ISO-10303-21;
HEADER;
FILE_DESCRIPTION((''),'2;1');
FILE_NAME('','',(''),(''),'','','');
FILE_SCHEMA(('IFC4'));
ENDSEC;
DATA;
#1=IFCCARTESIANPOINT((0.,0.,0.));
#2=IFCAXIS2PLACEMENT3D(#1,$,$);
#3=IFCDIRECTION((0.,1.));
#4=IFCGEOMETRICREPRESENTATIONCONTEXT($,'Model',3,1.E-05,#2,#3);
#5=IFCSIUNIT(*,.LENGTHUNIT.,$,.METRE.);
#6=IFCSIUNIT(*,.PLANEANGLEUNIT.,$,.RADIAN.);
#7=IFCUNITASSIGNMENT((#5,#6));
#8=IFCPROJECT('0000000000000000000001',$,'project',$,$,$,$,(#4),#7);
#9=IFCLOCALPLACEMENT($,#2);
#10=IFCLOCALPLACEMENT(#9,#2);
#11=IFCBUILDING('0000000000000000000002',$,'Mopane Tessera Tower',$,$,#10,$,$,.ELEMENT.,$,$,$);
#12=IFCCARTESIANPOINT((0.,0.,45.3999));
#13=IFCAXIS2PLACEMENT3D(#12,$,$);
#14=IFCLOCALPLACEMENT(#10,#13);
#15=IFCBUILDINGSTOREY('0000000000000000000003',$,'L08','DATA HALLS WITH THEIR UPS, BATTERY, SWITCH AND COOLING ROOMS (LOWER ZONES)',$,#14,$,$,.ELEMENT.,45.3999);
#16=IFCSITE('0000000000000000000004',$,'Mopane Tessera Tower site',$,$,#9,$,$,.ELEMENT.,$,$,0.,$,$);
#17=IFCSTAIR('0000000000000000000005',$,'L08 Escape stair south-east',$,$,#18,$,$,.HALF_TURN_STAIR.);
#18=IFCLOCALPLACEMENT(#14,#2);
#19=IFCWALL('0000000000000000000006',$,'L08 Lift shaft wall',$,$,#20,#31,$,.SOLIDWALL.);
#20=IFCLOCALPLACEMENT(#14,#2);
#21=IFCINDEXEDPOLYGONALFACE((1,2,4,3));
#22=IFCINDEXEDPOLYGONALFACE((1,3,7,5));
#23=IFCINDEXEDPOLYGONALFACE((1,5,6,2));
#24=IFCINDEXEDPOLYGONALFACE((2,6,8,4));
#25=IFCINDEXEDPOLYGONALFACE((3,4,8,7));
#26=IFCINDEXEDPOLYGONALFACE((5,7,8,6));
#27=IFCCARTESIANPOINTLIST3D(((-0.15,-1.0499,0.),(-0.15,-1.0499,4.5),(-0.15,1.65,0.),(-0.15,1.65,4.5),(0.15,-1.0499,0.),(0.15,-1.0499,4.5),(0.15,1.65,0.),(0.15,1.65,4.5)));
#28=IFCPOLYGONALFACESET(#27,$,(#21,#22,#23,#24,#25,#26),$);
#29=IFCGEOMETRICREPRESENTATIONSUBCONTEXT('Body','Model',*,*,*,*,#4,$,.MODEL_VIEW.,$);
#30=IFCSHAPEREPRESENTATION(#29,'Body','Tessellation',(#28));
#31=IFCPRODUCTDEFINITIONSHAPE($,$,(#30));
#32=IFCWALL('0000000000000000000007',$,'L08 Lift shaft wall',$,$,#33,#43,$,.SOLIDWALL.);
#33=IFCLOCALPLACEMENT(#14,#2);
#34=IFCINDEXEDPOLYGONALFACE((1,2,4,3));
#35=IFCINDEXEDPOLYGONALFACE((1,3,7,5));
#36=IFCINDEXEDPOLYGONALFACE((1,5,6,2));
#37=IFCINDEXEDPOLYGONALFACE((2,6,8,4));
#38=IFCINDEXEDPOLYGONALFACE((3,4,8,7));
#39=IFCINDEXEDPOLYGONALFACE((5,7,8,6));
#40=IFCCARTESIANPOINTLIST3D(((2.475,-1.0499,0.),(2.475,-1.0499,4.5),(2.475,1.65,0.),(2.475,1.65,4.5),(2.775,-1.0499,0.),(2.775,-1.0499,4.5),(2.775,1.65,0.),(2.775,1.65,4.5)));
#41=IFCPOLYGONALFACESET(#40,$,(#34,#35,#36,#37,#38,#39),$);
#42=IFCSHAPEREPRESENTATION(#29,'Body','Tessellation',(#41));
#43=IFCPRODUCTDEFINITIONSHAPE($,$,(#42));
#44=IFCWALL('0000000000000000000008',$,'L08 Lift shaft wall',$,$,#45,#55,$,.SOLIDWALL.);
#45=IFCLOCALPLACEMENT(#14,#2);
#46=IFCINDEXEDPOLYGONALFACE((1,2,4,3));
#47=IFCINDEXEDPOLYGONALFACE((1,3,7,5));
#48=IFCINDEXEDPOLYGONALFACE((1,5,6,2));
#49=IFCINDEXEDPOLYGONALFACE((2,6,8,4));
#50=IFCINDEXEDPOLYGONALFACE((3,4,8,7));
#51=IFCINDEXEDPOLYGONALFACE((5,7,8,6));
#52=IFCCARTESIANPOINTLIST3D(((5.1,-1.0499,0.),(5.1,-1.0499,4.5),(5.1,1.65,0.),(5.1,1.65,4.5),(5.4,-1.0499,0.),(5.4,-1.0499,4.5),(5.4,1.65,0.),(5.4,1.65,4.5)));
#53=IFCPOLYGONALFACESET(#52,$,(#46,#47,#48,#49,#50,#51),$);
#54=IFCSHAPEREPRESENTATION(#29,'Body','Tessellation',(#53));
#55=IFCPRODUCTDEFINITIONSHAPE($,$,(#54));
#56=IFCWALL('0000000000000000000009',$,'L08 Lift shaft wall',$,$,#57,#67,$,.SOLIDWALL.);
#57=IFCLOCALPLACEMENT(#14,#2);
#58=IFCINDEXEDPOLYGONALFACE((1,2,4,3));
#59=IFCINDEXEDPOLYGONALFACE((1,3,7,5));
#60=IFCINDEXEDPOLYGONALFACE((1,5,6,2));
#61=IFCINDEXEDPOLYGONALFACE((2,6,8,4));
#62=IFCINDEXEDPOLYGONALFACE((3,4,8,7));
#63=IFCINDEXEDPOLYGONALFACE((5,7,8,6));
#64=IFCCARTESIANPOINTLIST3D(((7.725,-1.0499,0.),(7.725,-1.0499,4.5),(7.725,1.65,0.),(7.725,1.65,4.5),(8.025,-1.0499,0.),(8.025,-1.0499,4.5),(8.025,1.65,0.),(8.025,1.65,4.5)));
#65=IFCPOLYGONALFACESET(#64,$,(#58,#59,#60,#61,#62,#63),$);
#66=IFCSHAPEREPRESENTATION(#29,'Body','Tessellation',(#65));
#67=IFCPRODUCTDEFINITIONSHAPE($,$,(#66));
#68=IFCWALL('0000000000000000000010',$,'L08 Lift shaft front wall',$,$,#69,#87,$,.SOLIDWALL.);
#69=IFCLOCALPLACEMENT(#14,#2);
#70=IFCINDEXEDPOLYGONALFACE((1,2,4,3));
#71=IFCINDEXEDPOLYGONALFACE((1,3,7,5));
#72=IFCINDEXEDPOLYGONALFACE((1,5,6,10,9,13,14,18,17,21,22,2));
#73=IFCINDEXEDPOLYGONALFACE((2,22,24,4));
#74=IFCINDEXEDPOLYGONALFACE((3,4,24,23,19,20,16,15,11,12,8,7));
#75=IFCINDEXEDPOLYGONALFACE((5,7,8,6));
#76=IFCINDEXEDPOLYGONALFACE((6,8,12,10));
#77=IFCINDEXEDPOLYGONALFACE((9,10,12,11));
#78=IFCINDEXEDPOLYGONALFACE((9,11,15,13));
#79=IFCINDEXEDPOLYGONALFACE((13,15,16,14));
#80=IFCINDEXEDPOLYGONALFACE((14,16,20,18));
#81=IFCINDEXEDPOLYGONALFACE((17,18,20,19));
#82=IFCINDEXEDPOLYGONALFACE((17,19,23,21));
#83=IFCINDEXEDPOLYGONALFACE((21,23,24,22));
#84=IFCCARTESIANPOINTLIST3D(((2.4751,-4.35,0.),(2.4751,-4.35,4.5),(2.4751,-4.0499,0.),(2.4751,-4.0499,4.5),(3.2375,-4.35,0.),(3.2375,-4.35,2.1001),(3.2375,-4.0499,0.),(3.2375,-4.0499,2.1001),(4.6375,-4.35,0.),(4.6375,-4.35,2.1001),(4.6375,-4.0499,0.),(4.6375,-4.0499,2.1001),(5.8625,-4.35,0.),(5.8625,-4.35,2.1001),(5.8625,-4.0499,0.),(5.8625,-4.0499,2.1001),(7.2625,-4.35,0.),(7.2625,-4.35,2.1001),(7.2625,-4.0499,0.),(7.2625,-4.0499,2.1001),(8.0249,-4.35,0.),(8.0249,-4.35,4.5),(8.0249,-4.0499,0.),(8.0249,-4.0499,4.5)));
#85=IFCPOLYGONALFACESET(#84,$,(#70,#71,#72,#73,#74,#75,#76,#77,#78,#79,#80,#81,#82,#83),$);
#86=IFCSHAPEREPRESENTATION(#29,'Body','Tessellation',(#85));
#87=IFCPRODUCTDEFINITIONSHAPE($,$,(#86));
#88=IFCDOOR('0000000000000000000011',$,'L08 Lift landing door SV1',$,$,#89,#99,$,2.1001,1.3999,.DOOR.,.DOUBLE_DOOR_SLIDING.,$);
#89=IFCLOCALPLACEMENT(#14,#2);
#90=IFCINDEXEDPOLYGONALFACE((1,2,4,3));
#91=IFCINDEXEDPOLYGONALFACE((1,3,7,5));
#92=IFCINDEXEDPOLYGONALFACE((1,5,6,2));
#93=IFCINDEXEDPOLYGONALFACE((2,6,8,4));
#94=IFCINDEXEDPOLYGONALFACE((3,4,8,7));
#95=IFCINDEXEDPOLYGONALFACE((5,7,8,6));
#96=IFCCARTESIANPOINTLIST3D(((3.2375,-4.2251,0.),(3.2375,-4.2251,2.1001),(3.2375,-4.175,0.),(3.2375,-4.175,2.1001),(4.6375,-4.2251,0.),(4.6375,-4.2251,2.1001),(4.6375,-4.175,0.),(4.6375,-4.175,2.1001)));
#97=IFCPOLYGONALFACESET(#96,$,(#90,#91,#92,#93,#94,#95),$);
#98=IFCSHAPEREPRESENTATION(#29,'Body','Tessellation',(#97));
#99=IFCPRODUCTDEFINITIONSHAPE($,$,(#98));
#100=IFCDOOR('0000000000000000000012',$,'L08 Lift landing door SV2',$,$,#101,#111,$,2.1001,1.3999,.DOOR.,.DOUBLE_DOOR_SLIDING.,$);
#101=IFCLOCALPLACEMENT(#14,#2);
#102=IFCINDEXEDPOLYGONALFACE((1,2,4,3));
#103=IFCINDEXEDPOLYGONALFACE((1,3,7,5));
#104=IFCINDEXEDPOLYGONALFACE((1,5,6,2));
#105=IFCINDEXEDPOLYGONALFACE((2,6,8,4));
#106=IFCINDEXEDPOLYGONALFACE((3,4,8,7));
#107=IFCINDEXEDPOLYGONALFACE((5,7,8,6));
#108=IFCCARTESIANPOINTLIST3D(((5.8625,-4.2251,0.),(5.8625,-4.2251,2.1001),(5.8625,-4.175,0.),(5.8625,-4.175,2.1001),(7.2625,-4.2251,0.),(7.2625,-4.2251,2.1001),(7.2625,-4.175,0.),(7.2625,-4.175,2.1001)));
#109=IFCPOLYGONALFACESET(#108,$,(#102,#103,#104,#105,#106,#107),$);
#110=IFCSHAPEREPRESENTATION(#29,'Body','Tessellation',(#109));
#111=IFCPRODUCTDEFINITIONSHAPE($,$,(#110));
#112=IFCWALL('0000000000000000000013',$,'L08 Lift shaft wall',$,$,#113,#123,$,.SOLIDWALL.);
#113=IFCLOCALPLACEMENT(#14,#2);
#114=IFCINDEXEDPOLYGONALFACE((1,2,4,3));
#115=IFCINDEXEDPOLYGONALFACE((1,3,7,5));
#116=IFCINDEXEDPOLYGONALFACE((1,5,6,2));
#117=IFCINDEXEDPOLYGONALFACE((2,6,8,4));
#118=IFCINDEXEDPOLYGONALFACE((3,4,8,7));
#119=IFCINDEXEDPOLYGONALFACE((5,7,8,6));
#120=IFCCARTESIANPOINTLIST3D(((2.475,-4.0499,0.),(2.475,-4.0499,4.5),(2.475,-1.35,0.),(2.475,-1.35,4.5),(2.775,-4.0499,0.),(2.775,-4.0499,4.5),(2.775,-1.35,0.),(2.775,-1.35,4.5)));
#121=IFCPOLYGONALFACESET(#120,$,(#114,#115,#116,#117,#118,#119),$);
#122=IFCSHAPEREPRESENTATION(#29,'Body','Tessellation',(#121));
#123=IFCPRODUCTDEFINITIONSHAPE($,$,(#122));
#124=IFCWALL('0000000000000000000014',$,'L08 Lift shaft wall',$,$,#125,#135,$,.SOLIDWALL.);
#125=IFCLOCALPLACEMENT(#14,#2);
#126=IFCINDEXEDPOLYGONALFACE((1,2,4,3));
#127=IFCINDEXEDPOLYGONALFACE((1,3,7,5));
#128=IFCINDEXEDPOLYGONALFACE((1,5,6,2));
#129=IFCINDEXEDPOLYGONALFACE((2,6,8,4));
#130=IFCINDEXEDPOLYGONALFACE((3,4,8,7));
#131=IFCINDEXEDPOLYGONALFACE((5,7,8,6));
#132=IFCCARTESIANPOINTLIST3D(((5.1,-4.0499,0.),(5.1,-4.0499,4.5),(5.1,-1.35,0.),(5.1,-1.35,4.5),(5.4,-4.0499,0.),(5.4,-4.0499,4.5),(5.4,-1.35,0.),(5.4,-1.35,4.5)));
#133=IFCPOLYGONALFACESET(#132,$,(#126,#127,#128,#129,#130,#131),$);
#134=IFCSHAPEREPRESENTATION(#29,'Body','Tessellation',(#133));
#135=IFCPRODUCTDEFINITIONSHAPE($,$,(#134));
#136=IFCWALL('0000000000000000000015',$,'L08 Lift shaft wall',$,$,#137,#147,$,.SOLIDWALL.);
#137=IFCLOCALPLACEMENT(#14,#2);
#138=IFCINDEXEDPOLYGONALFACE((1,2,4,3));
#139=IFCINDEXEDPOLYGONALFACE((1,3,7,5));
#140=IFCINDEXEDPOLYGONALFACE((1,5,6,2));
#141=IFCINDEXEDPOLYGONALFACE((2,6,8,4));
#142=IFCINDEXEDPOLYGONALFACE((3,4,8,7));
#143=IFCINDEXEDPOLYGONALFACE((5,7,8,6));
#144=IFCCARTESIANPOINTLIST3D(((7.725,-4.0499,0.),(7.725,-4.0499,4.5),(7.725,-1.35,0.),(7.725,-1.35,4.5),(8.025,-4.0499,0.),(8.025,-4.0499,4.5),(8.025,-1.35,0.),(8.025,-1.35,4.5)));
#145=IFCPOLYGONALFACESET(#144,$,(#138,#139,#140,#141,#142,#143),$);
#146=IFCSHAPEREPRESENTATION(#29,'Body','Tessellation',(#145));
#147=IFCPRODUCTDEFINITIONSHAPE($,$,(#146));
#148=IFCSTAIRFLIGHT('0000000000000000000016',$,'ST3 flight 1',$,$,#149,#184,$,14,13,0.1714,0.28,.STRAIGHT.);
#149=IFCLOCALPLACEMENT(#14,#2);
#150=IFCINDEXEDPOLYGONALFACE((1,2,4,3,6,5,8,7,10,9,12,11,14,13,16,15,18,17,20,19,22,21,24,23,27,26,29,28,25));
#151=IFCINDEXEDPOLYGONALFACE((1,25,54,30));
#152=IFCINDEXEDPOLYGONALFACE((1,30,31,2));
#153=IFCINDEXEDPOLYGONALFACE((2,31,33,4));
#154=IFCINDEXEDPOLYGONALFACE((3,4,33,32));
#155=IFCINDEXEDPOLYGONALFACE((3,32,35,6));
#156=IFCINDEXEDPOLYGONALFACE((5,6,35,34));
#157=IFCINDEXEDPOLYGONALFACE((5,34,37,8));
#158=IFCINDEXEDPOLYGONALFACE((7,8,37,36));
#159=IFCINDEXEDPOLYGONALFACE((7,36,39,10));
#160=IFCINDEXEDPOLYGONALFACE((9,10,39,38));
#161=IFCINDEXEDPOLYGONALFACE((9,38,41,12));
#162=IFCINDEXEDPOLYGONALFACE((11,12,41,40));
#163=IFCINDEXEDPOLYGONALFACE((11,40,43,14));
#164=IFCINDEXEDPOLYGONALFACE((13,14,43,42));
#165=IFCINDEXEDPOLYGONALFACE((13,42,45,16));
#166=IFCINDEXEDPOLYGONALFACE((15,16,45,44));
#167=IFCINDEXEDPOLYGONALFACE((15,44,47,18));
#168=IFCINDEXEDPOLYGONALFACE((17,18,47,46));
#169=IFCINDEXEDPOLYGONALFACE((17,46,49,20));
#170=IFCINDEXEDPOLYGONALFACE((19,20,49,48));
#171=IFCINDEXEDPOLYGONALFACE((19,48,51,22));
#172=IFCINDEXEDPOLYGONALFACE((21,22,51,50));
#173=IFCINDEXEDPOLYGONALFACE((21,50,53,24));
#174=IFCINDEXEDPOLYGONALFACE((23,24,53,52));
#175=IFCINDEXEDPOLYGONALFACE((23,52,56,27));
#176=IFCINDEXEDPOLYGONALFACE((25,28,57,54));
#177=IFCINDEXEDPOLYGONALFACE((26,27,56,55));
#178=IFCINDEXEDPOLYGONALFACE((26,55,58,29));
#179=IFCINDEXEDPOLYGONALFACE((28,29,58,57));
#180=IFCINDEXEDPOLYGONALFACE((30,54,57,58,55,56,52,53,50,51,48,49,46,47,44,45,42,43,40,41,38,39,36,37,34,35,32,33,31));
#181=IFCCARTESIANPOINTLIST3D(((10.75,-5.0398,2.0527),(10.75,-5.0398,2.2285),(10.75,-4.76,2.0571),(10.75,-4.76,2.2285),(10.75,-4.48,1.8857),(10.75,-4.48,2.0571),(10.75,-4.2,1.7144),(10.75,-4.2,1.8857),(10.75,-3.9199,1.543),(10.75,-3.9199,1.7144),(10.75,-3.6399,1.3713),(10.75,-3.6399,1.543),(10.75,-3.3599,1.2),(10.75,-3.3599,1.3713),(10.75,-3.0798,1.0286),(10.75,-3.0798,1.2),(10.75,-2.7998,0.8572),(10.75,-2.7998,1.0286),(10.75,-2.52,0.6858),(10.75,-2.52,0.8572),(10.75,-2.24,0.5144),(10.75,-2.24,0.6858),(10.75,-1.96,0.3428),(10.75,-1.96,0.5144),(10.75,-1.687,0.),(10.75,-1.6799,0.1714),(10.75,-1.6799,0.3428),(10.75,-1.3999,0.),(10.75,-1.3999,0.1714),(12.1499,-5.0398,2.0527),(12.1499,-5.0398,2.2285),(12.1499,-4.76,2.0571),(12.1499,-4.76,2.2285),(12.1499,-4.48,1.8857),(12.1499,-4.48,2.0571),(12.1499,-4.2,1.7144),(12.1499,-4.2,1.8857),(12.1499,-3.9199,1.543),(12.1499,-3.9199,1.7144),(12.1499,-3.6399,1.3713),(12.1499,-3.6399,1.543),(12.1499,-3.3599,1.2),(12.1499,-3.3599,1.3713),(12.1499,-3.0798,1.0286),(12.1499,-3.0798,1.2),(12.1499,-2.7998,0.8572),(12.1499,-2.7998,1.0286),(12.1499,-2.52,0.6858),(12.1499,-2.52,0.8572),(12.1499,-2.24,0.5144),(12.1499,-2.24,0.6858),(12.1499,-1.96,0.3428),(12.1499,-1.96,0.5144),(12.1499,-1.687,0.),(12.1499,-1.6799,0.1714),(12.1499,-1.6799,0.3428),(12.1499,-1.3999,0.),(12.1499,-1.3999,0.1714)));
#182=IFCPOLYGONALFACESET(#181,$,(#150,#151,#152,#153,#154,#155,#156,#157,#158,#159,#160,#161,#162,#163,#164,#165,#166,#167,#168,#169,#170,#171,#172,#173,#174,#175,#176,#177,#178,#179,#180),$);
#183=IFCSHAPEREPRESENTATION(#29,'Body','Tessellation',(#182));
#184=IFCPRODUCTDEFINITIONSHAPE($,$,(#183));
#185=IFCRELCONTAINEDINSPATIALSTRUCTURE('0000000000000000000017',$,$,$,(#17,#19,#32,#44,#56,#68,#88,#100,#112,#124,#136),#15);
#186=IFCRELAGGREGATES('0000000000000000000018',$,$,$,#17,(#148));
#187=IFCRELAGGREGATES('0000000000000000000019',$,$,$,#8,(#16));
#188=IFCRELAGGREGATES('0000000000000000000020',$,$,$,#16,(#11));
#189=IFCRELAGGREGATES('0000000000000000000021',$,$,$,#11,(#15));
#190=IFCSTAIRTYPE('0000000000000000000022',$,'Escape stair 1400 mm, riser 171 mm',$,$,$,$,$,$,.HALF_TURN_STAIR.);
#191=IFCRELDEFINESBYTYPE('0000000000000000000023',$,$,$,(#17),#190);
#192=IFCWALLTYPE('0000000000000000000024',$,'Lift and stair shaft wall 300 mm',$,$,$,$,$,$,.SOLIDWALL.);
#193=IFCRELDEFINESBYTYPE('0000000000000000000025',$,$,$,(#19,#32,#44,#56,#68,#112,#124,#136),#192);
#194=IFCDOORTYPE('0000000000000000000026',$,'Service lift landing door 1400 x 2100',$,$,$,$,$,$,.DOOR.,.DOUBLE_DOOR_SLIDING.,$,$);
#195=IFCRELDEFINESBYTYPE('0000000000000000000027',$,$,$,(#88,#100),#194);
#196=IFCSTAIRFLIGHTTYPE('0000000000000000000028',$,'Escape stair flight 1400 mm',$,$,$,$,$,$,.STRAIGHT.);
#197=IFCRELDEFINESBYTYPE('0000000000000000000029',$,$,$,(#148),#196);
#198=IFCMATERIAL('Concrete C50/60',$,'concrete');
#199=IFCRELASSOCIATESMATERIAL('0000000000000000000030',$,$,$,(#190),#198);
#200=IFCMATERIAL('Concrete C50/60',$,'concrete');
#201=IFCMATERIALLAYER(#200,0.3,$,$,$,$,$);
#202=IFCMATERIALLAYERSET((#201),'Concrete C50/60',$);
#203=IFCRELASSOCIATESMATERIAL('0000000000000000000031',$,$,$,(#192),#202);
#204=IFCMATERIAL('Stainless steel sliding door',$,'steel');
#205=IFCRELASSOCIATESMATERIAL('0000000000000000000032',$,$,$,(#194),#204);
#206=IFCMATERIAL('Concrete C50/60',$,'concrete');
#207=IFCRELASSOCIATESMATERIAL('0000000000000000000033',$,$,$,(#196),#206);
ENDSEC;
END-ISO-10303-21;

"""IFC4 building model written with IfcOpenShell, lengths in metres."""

from ifc_helpers import new_model, si_unit, direction, frame, frame_2d, origin, place, context, subcontext, project, spatial, polyline, rectangle, outline, extrude, material, layer, layer_set, type_object, element, fill, aggregate, save


model = new_model("IFC4")

# Units and contexts
model_context = context("Model", 3, precision=1e-05, world=origin(), true_north=direction((0.0, 1.0)))
body_context = subcontext(model_context, "Body", "Model", "MODEL_VIEW")
ifc_project = project(units=[si_unit("LENGTHUNIT", "METRE"), si_unit("PLANEANGLEUNIT", "RADIAN")], contexts=[model_context])

# Site, building, storey
site_placement = place(None, origin())
site = spatial("IfcSite", under=ifc_project, at=site_placement, Name="Mopane Tessera Tower site", CompositionType="ELEMENT", RefElevation=0.0)
building_placement = place(site_placement, origin())
building = spatial("IfcBuilding", under=site, at=building_placement, Name="Mopane Tessera Tower", CompositionType="ELEMENT")
storey_placement = place(building_placement, frame((0.0, 0.0, 45.3999)))
storey = spatial("IfcBuildingStorey", under=building, at=storey_placement, Name="L08", Description="DATA HALLS WITH THEIR UPS, BATTERY, SWITCH AND COOLING ROOMS (LOWER ZONES)", CompositionType="ELEMENT", Elevation=45.3999)

# Stair
ifc_material_1 = material(Name="Concrete C50/60", Category="concrete")
stair_type = type_object("IfcStairType", Name="Escape stair 1400 mm, riser 171 mm", PredefinedType="HALF_TURN_STAIR", material=ifc_material_1)
stair_1_placement = place(storey_placement, origin())
stair_1 = element("IfcStair", 1, at=stair_1_placement, inside=storey, type_object=stair_type, Name="L08 Escape stair south-east", PredefinedType="HALF_TURN_STAIR")

# Walls
ifc_material_2 = material(Name="Concrete C50/60", Category="concrete")
ifc_layer_1 = layer(ifc_material_2, 0.3)
ifc_layer_set_1 = layer_set([ifc_layer_1], Name="Concrete C50/60")
wall_type_1 = type_object("IfcWallType", Name="Lift and stair shaft wall 300 mm", PredefinedType="SOLIDWALL", material=ifc_layer_set_1)
for number, where, z_axis, x_axis, name in (
    (2, (0.0, -1.05, 0.0), (0.0, 0.0, 1.0), (0.0, 1.0, 0.0), "L08 Lift shaft wall"),
    (3, (2.625, -1.05, 0.0), (0.0, 0.0, 1.0), (0.0, 1.0, 0.0), "L08 Lift shaft wall"),
    (4, (5.25, -1.05, 0.0), (0.0, 0.0, 1.0), (0.0, 1.0, 0.0), "L08 Lift shaft wall"),
    (5, (7.875, -1.05, 0.0), (0.0, 0.0, 1.0), (0.0, 1.0, 0.0), "L08 Lift shaft wall"),
):
    element("IfcWall", number, at=place(storey_placement, frame(where, z_axis=z_axis, x_axis=x_axis)), inside=storey, type_object=wall_type_1, Name=name, PredefinedType="SOLIDWALL", context=body_context, shape_type="SweptSolid", body=[
        extrude(rectangle(XDim=2.7, YDim=0.3, at=frame_2d((1.3501, 0.0))), origin(), (0.0, 0.0, 1.0), 4.5),
    ])

# Wall, openings, doors
wall_1_placement = place(storey_placement, frame((2.4751, -4.2, 0.0), z_axis=(0.0, 0.0, 1.0), x_axis=(1.0, 0.0, 0.0)))
wall_1 = element("IfcWall", 6, at=wall_1_placement, inside=storey, type_object=wall_type_1, Name="L08 Lift shaft front wall", PredefinedType="SOLIDWALL", context=body_context, shape_type="SweptSolid", body=[
    extrude(rectangle(XDim=5.5498, YDim=0.3, at=frame_2d((2.7749, 0.0))), origin(), (0.0, 0.0, 1.0), 4.5),
])
opening_1_placement = place(wall_1_placement, frame((0.7625, 0.0, 0.0)))
opening_1 = element("IfcOpeningElement", 7, at=opening_1_placement, cuts=wall_1, PredefinedType="OPENING", context=body_context, shape_type="SweptSolid", body=[
    extrude(rectangle(XDim=1.3999, YDim=2.1001, at=frame_2d((0.7, 1.05))), frame((0.0, 0.1621, 0.0), z_axis=(0.0, -1.0, 0.0), x_axis=(1.0, 0.0, 0.0)), (0.0, 0.0, 1.0), 0.324),
])
opening_2_placement = place(wall_1_placement, frame((3.3875, 0.0, 0.0)))
opening_2 = element("IfcOpeningElement", 8, at=opening_2_placement, cuts=wall_1, PredefinedType="OPENING", context=body_context, shape_type="SweptSolid", body=[
    extrude(rectangle(XDim=1.3999, YDim=2.1001, at=frame_2d((0.7, 1.05))), frame((0.0, 0.1621, 0.0), z_axis=(0.0, -1.0, 0.0), x_axis=(1.0, 0.0, 0.0)), (0.0, 0.0, 1.0), 0.324),
])
ifc_material_3 = material(Name="Stainless steel sliding door", Category="steel")
door_type = type_object("IfcDoorType", Name="Service lift landing door 1400 x 2100", OperationType="DOUBLE_DOOR_SLIDING", PredefinedType="DOOR", material=ifc_material_3)
door_1_placement = place(opening_1_placement, origin())
door_1 = element("IfcDoor", 9, at=door_1_placement, inside=storey, type_object=door_type, Name="L08 Lift landing door SV1", OperationType="DOUBLE_DOOR_SLIDING", OverallHeight=2.1001, OverallWidth=1.3999, PredefinedType="DOOR", context=body_context, shape_type="SweptSolid", body=[
    extrude(rectangle(XDim=1.3999, YDim=2.1001, at=frame_2d((0.7, 1.05))), frame((0.0, 0.0249, 0.0), z_axis=(0.0, -1.0, 0.0), x_axis=(1.0, 0.0, 0.0)), (0.0, 0.0, 1.0), 0.05),
])
fill(opening_1, door_1)
door_2_placement = place(opening_2_placement, origin())
door_2 = element("IfcDoor", 10, at=door_2_placement, inside=storey, type_object=door_type, Name="L08 Lift landing door SV2", OperationType="DOUBLE_DOOR_SLIDING", OverallHeight=2.1001, OverallWidth=1.3999, PredefinedType="DOOR", context=body_context, shape_type="SweptSolid", body=[
    extrude(rectangle(XDim=1.3999, YDim=2.1001, at=frame_2d((0.7, 1.05))), frame((0.0, 0.0249, 0.0), z_axis=(0.0, -1.0, 0.0), x_axis=(1.0, 0.0, 0.0)), (0.0, 0.0, 1.0), 0.05),
])
fill(opening_2, door_2)

# Walls
for number, where, z_axis, x_axis, name in (
    (11, (2.625, -4.05, 0.0), (0.0, 0.0, 1.0), (0.0, 1.0, 0.0), "L08 Lift shaft wall"),
    (12, (5.25, -4.05, 0.0), (0.0, 0.0, 1.0), (0.0, 1.0, 0.0), "L08 Lift shaft wall"),
    (13, (7.875, -4.05, 0.0), (0.0, 0.0, 1.0), (0.0, 1.0, 0.0), "L08 Lift shaft wall"),
):
    element("IfcWall", number, at=place(storey_placement, frame(where, z_axis=z_axis, x_axis=x_axis)), inside=storey, type_object=wall_type_1, Name=name, PredefinedType="SOLIDWALL", context=body_context, shape_type="SweptSolid", body=[
        extrude(rectangle(XDim=2.7, YDim=0.3, at=frame_2d((1.3501, 0.0))), origin(), (0.0, 0.0, 1.0), 4.5),
    ])

# Stair flight
ifc_material_4 = material(Name="Concrete C50/60", Category="concrete")
stair_flight_type = type_object("IfcStairFlightType", Name="Escape stair flight 1400 mm", PredefinedType="STRAIGHT", material=ifc_material_4)
stair_flight_1_placement = place(storey_placement, frame((11.45, -1.3999, 0.0), z_axis=(0.0, 0.0, 1.0), x_axis=(0.0, -1.0, 0.0)))
stair_flight_1 = element("IfcStairFlight", 14, at=stair_flight_1_placement, type_object=stair_flight_type, Name="ST3 flight 1", NumberOfRisers=14, NumberOfTreads=13, PredefinedType="STRAIGHT", RiserHeight=0.1714, TreadLength=0.28, context=body_context, shape_type="SweptSolid", body=[
    extrude(outline(polyline([(0.0, 0.0), (0.0, 0.1714), (0.28, 0.1714), (0.28, 0.3428), (0.5601, 0.3428), (0.5601, 0.5144), (0.8401, 0.5144), (0.8401, 0.6858), (1.1201, 0.6858), (1.1201, 0.8572), (1.3999, 0.8572), (1.3999, 1.0286), (1.6799, 1.0286), (1.6799, 1.2), (1.96, 1.2), (1.96, 1.3713), (2.24, 1.3713), (2.24, 1.543), (2.52, 1.543), (2.52, 1.7144), (2.8, 1.7144), (2.8, 1.8857), (3.0801, 1.8857), (3.0801, 2.0571), (3.3601, 2.0571), (3.3601, 2.2285), (3.6399, 2.2285), (3.6399, 2.3999), (3.6399, 2.0527), (0.2871, 0.0), (0.0, 0.0)])), frame((0.0, 0.7, 0.0), z_axis=(0.0, -1.0, 0.0), x_axis=(1.0, 0.0, 0.0)), (0.0, 0.0, 1.0), 1.3999),
])
aggregate(stair_1, [stair_flight_1])

save(model, "model.ifc")
